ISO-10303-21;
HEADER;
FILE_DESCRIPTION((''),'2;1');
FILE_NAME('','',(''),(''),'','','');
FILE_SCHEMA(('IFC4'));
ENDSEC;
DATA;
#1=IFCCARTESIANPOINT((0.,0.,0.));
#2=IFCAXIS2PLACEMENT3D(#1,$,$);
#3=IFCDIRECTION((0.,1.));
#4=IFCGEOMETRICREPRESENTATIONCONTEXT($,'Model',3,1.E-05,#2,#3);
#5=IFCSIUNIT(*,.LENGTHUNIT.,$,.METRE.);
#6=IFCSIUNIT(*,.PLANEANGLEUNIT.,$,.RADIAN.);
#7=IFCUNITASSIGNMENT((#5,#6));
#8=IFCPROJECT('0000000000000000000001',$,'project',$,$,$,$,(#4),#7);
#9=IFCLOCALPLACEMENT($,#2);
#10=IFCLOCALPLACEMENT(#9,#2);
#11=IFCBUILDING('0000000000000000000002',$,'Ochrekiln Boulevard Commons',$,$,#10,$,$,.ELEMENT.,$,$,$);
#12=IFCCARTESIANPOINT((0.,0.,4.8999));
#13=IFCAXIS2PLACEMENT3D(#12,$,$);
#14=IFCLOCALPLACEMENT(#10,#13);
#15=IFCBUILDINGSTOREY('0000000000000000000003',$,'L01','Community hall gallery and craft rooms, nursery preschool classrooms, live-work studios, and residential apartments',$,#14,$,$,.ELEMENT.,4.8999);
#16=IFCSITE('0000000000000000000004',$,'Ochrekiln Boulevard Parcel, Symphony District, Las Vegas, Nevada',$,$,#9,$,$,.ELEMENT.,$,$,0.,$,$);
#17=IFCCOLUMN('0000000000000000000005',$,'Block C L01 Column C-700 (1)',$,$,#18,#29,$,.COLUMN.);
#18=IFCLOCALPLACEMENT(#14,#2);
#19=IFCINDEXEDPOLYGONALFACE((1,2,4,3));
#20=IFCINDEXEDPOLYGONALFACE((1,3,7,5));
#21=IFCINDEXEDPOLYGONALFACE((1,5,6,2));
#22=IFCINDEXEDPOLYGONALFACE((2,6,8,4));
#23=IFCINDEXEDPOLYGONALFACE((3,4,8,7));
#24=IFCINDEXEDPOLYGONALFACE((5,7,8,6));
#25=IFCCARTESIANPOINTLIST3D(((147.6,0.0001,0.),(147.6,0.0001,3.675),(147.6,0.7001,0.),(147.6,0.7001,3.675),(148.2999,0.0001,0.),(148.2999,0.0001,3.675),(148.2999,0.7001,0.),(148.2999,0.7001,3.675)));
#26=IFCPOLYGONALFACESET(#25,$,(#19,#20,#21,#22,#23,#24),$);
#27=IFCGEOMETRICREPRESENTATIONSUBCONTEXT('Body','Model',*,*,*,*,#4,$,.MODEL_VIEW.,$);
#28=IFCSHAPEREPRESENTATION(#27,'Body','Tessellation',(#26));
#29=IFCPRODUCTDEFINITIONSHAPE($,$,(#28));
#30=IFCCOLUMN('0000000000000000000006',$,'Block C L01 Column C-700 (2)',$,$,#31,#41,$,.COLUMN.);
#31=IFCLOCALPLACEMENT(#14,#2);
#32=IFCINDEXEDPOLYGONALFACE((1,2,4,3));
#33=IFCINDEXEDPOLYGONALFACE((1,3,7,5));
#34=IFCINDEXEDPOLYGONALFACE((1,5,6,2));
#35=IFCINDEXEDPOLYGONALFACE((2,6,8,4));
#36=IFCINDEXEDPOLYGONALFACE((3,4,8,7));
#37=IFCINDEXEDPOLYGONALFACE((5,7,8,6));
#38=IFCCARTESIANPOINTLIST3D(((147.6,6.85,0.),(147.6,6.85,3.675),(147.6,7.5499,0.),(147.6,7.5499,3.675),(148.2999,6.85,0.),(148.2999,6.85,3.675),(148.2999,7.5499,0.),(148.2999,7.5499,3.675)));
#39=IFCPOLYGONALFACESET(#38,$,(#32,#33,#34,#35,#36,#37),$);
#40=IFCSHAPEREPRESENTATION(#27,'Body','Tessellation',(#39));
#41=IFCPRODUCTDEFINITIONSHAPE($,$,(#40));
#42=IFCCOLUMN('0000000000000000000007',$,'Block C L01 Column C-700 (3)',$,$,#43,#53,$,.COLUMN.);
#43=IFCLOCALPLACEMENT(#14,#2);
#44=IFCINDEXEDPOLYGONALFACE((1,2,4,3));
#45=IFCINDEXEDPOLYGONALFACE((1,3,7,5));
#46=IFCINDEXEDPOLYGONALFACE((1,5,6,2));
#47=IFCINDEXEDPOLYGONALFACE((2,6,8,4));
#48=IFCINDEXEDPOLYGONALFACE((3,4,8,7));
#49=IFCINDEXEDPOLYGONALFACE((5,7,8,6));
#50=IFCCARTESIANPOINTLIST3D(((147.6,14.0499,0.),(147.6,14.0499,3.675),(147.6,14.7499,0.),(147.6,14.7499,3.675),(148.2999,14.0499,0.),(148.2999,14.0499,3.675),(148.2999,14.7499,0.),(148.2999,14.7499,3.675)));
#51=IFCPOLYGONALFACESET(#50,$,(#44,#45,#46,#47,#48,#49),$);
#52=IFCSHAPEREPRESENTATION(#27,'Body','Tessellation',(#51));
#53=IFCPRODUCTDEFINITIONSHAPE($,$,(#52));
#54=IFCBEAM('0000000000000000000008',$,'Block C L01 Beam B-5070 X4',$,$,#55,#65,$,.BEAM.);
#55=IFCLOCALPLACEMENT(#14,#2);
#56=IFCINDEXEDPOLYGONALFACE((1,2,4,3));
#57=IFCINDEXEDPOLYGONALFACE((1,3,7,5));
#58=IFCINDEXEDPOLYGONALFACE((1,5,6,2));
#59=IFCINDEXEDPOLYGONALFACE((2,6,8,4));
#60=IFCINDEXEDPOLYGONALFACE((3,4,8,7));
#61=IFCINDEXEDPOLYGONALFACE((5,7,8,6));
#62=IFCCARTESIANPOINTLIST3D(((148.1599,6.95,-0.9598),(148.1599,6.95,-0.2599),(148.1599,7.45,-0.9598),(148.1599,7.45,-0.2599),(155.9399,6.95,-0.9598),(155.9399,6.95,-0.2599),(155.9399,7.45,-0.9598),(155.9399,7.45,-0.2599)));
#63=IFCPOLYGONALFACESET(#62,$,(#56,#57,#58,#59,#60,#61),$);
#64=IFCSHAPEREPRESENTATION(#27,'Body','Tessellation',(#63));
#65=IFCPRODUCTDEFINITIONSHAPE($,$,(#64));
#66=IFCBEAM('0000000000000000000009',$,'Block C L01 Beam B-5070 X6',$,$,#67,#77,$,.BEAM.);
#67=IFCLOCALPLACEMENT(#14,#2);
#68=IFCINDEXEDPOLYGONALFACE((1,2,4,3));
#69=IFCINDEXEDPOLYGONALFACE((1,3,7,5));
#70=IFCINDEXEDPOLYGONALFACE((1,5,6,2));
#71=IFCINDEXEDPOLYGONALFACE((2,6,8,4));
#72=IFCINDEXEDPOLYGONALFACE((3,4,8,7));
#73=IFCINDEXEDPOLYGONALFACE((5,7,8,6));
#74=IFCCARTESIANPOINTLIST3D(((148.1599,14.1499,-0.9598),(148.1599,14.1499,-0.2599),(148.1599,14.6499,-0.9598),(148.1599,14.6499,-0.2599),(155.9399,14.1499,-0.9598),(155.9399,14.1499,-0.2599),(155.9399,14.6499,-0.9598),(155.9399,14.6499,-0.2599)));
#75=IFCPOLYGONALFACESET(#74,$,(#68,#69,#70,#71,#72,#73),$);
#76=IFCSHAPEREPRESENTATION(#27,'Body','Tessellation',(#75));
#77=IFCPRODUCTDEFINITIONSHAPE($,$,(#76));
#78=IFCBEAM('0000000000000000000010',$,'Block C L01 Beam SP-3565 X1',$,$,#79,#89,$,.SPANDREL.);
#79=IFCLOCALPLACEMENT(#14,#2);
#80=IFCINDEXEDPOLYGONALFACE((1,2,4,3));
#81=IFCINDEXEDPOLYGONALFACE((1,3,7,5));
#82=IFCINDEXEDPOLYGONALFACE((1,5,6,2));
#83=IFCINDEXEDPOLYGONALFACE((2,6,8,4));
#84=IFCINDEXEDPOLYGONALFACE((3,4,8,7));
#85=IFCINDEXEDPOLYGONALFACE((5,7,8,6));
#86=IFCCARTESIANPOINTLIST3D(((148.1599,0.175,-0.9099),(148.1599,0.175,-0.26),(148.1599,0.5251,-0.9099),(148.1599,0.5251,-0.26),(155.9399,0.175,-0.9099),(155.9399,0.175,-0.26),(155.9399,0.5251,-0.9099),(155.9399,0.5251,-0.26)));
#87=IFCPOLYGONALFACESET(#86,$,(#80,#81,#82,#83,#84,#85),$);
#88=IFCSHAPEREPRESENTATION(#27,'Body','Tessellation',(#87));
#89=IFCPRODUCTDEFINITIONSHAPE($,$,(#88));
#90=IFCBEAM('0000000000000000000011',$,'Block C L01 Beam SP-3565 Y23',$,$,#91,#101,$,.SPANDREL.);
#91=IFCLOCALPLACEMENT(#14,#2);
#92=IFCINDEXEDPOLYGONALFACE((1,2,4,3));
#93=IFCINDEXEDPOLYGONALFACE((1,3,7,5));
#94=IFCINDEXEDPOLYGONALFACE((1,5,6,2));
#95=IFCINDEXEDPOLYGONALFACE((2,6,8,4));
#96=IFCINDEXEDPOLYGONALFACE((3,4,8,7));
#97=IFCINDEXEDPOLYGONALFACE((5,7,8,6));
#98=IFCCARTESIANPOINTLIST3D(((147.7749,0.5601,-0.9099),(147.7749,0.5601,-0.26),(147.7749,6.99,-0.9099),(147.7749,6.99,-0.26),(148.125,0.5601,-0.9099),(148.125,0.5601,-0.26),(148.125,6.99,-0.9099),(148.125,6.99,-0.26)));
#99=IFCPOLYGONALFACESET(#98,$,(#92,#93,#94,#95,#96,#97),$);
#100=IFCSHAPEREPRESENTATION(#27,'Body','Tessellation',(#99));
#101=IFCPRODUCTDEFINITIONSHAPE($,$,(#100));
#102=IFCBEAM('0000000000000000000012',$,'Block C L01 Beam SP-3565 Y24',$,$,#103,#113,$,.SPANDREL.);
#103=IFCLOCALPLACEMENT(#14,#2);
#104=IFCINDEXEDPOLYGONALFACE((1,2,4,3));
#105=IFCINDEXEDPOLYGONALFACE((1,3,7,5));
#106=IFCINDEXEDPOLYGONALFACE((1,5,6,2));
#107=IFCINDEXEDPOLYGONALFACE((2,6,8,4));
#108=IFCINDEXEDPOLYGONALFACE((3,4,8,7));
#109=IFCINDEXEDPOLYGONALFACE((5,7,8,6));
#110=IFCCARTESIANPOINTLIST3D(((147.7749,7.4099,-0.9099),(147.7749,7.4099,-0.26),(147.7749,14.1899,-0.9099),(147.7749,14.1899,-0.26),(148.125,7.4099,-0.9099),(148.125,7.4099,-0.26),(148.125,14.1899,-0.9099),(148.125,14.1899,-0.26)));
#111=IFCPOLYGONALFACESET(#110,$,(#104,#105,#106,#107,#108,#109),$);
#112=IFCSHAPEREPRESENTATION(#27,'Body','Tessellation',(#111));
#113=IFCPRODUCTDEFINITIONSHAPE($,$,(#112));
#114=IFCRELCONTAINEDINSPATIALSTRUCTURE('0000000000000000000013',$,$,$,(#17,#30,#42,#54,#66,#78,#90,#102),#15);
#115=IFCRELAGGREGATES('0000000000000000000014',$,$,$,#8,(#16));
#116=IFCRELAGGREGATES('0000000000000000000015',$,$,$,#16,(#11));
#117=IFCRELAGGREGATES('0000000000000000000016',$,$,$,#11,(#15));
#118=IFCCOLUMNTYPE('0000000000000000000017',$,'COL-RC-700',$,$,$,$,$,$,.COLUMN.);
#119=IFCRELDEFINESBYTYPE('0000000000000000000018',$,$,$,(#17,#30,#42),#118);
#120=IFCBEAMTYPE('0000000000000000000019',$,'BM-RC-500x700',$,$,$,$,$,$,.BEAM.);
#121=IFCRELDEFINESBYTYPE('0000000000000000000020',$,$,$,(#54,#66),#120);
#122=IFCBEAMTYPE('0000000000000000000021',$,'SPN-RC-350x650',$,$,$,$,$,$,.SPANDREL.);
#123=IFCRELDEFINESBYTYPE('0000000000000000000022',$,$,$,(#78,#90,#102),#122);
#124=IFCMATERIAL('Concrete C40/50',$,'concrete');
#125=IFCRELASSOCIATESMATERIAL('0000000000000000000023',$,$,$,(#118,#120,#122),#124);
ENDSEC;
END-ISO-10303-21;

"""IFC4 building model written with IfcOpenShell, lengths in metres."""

from ifc_helpers import new_model, si_unit, direction, frame, origin, origin_2d, place, context, subcontext, project, spatial, rectangle, extrude, material, material_profile, profile_set, type_object, element, save


model = new_model("IFC4")

# Units and contexts
model_context = context("Model", 3, precision=1e-05, world=origin(), true_north=direction((0.0, 1.0)))
body_context = subcontext(model_context, "Body", "Model", "MODEL_VIEW")
ifc_project = project(units=[si_unit("LENGTHUNIT", "METRE"), si_unit("PLANEANGLEUNIT", "RADIAN")], contexts=[model_context])

# Site, building, storey
site_placement = place(None, origin())
site = spatial("IfcSite", under=ifc_project, at=site_placement, Name="Ochrekiln Boulevard Parcel, Symphony District, Las Vegas, Nevada", CompositionType="ELEMENT", RefElevation=0.0)
building_placement = place(site_placement, origin())
building = spatial("IfcBuilding", under=site, at=building_placement, Name="Ochrekiln Boulevard Commons", CompositionType="ELEMENT")
storey_placement = place(building_placement, frame((0.0, 0.0, 4.8999)))
storey = spatial("IfcBuildingStorey", under=building, at=storey_placement, Name="L01", Description="Community hall gallery and craft rooms, nursery preschool classrooms, live-work studios, and residential apartments", CompositionType="ELEMENT", Elevation=4.8999)

# Columns
ifc_material_1 = material(Name="Concrete C40/50", Category="concrete")
ifc_material_profile_1 = material_profile(ifc_material_1, rectangle(XDim=0.7, YDim=0.7, at=origin_2d()), Name="RC-COL-700x700")
ifc_profile_set_1 = profile_set([ifc_material_profile_1], Name="Concrete C40/50")
column_type = type_object("IfcColumnType", Name="COL-RC-700", PredefinedType="COLUMN", material=ifc_profile_set_1)
for number, where, z_axis, x_axis, name in (
    (1, (147.95, 0.3501, 0.0), (0.0, 0.0, 1.0), (1.0, 0.0, 0.0), "Block C L01 Column C-700 (1)"),
    (2, (147.95, 7.2, 0.0), (0.0, 0.0, 1.0), (1.0, 0.0, 0.0), "Block C L01 Column C-700 (2)"),
    (3, (147.95, 14.3999, 0.0), (0.0, 0.0, 1.0), (1.0, 0.0, 0.0), "Block C L01 Column C-700 (3)"),
):
    element("IfcColumn", number, at=place(storey_placement, frame(where, z_axis=z_axis, x_axis=x_axis)), inside=storey, type_object=column_type, Name=name, PredefinedType="COLUMN", context=body_context, shape_type="SweptSolid", body=[
        extrude(rectangle(XDim=0.7, YDim=0.7, at=origin_2d()), origin(), (0.0, 0.0, 1.0), 3.675),
    ])

# Beams
ifc_material_profile_2 = material_profile(ifc_material_1, rectangle(XDim=0.5, YDim=0.7, at=origin_2d()), Name="RC-BM-500x700")
ifc_profile_set_2 = profile_set([ifc_material_profile_2], Name="Concrete C40/50")
beam_type_1 = type_object("IfcBeamType", Name="BM-RC-500x700", PredefinedType="BEAM", material=ifc_profile_set_2)
for number, where, z_axis, x_axis, name in (
    (4, (148.1599, 7.2, -0.6099), (1.0, 0.0, 0.0), (0.0, 1.0, 0.0), "Block C L01 Beam B-5070 X4"),
    (5, (148.1599, 14.3999, -0.6099), (1.0, 0.0, 0.0), (0.0, 1.0, 0.0), "Block C L01 Beam B-5070 X6"),
):
    element("IfcBeam", number, at=place(storey_placement, frame(where, z_axis=z_axis, x_axis=x_axis)), inside=storey, type_object=beam_type_1, Name=name, PredefinedType="BEAM", context=body_context, shape_type="SweptSolid", body=[
        extrude(rectangle(XDim=0.5, YDim=0.7, at=origin_2d()), origin(), (0.0, 0.0, 1.0), 7.78),
    ])
ifc_material_profile_3 = material_profile(ifc_material_1, rectangle(XDim=0.3501, YDim=0.6499, at=origin_2d()), Name="RC-SPN-350x650")
ifc_profile_set_3 = profile_set([ifc_material_profile_3], Name="Concrete C40/50")
beam_type_2 = type_object("IfcBeamType", Name="SPN-RC-350x650", PredefinedType="SPANDREL", material=ifc_profile_set_3)
beam_1_placement = place(storey_placement, frame((148.1599, 0.3501, -0.585), z_axis=(1.0, 0.0, 0.0), x_axis=(0.0, 1.0, 0.0)))
element("IfcBeam", 6, at=beam_1_placement, inside=storey, type_object=beam_type_2, Name="Block C L01 Beam SP-3565 X1", PredefinedType="SPANDREL", context=body_context, shape_type="SweptSolid", body=[
    extrude(rectangle(XDim=0.3501, YDim=0.6499, at=origin_2d()), origin(), (0.0, 0.0, 1.0), 7.78),
])
beam_2_placement = place(storey_placement, frame((147.95, 0.5601, -0.585), z_axis=(0.0, 1.0, 0.0), x_axis=(-1.0, 0.0, 0.0)))
element("IfcBeam", 7, at=beam_2_placement, inside=storey, type_object=beam_type_2, Name="Block C L01 Beam SP-3565 Y23", PredefinedType="SPANDREL", context=body_context, shape_type="SweptSolid", body=[
    extrude(rectangle(XDim=0.3501, YDim=0.6499, at=origin_2d()), origin(), (0.0, 0.0, 1.0), 6.4299),
])
beam_3_placement = place(storey_placement, frame((147.95, 7.4099, -0.585), z_axis=(0.0, 1.0, 0.0), x_axis=(-1.0, 0.0, 0.0)))
element("IfcBeam", 8, at=beam_3_placement, inside=storey, type_object=beam_type_2, Name="Block C L01 Beam SP-3565 Y24", PredefinedType="SPANDREL", context=body_context, shape_type="SweptSolid", body=[
    extrude(rectangle(XDim=0.3501, YDim=0.6499, at=origin_2d()), origin(), (0.0, 0.0, 1.0), 6.78),
])

save(model, "model.ifc")
